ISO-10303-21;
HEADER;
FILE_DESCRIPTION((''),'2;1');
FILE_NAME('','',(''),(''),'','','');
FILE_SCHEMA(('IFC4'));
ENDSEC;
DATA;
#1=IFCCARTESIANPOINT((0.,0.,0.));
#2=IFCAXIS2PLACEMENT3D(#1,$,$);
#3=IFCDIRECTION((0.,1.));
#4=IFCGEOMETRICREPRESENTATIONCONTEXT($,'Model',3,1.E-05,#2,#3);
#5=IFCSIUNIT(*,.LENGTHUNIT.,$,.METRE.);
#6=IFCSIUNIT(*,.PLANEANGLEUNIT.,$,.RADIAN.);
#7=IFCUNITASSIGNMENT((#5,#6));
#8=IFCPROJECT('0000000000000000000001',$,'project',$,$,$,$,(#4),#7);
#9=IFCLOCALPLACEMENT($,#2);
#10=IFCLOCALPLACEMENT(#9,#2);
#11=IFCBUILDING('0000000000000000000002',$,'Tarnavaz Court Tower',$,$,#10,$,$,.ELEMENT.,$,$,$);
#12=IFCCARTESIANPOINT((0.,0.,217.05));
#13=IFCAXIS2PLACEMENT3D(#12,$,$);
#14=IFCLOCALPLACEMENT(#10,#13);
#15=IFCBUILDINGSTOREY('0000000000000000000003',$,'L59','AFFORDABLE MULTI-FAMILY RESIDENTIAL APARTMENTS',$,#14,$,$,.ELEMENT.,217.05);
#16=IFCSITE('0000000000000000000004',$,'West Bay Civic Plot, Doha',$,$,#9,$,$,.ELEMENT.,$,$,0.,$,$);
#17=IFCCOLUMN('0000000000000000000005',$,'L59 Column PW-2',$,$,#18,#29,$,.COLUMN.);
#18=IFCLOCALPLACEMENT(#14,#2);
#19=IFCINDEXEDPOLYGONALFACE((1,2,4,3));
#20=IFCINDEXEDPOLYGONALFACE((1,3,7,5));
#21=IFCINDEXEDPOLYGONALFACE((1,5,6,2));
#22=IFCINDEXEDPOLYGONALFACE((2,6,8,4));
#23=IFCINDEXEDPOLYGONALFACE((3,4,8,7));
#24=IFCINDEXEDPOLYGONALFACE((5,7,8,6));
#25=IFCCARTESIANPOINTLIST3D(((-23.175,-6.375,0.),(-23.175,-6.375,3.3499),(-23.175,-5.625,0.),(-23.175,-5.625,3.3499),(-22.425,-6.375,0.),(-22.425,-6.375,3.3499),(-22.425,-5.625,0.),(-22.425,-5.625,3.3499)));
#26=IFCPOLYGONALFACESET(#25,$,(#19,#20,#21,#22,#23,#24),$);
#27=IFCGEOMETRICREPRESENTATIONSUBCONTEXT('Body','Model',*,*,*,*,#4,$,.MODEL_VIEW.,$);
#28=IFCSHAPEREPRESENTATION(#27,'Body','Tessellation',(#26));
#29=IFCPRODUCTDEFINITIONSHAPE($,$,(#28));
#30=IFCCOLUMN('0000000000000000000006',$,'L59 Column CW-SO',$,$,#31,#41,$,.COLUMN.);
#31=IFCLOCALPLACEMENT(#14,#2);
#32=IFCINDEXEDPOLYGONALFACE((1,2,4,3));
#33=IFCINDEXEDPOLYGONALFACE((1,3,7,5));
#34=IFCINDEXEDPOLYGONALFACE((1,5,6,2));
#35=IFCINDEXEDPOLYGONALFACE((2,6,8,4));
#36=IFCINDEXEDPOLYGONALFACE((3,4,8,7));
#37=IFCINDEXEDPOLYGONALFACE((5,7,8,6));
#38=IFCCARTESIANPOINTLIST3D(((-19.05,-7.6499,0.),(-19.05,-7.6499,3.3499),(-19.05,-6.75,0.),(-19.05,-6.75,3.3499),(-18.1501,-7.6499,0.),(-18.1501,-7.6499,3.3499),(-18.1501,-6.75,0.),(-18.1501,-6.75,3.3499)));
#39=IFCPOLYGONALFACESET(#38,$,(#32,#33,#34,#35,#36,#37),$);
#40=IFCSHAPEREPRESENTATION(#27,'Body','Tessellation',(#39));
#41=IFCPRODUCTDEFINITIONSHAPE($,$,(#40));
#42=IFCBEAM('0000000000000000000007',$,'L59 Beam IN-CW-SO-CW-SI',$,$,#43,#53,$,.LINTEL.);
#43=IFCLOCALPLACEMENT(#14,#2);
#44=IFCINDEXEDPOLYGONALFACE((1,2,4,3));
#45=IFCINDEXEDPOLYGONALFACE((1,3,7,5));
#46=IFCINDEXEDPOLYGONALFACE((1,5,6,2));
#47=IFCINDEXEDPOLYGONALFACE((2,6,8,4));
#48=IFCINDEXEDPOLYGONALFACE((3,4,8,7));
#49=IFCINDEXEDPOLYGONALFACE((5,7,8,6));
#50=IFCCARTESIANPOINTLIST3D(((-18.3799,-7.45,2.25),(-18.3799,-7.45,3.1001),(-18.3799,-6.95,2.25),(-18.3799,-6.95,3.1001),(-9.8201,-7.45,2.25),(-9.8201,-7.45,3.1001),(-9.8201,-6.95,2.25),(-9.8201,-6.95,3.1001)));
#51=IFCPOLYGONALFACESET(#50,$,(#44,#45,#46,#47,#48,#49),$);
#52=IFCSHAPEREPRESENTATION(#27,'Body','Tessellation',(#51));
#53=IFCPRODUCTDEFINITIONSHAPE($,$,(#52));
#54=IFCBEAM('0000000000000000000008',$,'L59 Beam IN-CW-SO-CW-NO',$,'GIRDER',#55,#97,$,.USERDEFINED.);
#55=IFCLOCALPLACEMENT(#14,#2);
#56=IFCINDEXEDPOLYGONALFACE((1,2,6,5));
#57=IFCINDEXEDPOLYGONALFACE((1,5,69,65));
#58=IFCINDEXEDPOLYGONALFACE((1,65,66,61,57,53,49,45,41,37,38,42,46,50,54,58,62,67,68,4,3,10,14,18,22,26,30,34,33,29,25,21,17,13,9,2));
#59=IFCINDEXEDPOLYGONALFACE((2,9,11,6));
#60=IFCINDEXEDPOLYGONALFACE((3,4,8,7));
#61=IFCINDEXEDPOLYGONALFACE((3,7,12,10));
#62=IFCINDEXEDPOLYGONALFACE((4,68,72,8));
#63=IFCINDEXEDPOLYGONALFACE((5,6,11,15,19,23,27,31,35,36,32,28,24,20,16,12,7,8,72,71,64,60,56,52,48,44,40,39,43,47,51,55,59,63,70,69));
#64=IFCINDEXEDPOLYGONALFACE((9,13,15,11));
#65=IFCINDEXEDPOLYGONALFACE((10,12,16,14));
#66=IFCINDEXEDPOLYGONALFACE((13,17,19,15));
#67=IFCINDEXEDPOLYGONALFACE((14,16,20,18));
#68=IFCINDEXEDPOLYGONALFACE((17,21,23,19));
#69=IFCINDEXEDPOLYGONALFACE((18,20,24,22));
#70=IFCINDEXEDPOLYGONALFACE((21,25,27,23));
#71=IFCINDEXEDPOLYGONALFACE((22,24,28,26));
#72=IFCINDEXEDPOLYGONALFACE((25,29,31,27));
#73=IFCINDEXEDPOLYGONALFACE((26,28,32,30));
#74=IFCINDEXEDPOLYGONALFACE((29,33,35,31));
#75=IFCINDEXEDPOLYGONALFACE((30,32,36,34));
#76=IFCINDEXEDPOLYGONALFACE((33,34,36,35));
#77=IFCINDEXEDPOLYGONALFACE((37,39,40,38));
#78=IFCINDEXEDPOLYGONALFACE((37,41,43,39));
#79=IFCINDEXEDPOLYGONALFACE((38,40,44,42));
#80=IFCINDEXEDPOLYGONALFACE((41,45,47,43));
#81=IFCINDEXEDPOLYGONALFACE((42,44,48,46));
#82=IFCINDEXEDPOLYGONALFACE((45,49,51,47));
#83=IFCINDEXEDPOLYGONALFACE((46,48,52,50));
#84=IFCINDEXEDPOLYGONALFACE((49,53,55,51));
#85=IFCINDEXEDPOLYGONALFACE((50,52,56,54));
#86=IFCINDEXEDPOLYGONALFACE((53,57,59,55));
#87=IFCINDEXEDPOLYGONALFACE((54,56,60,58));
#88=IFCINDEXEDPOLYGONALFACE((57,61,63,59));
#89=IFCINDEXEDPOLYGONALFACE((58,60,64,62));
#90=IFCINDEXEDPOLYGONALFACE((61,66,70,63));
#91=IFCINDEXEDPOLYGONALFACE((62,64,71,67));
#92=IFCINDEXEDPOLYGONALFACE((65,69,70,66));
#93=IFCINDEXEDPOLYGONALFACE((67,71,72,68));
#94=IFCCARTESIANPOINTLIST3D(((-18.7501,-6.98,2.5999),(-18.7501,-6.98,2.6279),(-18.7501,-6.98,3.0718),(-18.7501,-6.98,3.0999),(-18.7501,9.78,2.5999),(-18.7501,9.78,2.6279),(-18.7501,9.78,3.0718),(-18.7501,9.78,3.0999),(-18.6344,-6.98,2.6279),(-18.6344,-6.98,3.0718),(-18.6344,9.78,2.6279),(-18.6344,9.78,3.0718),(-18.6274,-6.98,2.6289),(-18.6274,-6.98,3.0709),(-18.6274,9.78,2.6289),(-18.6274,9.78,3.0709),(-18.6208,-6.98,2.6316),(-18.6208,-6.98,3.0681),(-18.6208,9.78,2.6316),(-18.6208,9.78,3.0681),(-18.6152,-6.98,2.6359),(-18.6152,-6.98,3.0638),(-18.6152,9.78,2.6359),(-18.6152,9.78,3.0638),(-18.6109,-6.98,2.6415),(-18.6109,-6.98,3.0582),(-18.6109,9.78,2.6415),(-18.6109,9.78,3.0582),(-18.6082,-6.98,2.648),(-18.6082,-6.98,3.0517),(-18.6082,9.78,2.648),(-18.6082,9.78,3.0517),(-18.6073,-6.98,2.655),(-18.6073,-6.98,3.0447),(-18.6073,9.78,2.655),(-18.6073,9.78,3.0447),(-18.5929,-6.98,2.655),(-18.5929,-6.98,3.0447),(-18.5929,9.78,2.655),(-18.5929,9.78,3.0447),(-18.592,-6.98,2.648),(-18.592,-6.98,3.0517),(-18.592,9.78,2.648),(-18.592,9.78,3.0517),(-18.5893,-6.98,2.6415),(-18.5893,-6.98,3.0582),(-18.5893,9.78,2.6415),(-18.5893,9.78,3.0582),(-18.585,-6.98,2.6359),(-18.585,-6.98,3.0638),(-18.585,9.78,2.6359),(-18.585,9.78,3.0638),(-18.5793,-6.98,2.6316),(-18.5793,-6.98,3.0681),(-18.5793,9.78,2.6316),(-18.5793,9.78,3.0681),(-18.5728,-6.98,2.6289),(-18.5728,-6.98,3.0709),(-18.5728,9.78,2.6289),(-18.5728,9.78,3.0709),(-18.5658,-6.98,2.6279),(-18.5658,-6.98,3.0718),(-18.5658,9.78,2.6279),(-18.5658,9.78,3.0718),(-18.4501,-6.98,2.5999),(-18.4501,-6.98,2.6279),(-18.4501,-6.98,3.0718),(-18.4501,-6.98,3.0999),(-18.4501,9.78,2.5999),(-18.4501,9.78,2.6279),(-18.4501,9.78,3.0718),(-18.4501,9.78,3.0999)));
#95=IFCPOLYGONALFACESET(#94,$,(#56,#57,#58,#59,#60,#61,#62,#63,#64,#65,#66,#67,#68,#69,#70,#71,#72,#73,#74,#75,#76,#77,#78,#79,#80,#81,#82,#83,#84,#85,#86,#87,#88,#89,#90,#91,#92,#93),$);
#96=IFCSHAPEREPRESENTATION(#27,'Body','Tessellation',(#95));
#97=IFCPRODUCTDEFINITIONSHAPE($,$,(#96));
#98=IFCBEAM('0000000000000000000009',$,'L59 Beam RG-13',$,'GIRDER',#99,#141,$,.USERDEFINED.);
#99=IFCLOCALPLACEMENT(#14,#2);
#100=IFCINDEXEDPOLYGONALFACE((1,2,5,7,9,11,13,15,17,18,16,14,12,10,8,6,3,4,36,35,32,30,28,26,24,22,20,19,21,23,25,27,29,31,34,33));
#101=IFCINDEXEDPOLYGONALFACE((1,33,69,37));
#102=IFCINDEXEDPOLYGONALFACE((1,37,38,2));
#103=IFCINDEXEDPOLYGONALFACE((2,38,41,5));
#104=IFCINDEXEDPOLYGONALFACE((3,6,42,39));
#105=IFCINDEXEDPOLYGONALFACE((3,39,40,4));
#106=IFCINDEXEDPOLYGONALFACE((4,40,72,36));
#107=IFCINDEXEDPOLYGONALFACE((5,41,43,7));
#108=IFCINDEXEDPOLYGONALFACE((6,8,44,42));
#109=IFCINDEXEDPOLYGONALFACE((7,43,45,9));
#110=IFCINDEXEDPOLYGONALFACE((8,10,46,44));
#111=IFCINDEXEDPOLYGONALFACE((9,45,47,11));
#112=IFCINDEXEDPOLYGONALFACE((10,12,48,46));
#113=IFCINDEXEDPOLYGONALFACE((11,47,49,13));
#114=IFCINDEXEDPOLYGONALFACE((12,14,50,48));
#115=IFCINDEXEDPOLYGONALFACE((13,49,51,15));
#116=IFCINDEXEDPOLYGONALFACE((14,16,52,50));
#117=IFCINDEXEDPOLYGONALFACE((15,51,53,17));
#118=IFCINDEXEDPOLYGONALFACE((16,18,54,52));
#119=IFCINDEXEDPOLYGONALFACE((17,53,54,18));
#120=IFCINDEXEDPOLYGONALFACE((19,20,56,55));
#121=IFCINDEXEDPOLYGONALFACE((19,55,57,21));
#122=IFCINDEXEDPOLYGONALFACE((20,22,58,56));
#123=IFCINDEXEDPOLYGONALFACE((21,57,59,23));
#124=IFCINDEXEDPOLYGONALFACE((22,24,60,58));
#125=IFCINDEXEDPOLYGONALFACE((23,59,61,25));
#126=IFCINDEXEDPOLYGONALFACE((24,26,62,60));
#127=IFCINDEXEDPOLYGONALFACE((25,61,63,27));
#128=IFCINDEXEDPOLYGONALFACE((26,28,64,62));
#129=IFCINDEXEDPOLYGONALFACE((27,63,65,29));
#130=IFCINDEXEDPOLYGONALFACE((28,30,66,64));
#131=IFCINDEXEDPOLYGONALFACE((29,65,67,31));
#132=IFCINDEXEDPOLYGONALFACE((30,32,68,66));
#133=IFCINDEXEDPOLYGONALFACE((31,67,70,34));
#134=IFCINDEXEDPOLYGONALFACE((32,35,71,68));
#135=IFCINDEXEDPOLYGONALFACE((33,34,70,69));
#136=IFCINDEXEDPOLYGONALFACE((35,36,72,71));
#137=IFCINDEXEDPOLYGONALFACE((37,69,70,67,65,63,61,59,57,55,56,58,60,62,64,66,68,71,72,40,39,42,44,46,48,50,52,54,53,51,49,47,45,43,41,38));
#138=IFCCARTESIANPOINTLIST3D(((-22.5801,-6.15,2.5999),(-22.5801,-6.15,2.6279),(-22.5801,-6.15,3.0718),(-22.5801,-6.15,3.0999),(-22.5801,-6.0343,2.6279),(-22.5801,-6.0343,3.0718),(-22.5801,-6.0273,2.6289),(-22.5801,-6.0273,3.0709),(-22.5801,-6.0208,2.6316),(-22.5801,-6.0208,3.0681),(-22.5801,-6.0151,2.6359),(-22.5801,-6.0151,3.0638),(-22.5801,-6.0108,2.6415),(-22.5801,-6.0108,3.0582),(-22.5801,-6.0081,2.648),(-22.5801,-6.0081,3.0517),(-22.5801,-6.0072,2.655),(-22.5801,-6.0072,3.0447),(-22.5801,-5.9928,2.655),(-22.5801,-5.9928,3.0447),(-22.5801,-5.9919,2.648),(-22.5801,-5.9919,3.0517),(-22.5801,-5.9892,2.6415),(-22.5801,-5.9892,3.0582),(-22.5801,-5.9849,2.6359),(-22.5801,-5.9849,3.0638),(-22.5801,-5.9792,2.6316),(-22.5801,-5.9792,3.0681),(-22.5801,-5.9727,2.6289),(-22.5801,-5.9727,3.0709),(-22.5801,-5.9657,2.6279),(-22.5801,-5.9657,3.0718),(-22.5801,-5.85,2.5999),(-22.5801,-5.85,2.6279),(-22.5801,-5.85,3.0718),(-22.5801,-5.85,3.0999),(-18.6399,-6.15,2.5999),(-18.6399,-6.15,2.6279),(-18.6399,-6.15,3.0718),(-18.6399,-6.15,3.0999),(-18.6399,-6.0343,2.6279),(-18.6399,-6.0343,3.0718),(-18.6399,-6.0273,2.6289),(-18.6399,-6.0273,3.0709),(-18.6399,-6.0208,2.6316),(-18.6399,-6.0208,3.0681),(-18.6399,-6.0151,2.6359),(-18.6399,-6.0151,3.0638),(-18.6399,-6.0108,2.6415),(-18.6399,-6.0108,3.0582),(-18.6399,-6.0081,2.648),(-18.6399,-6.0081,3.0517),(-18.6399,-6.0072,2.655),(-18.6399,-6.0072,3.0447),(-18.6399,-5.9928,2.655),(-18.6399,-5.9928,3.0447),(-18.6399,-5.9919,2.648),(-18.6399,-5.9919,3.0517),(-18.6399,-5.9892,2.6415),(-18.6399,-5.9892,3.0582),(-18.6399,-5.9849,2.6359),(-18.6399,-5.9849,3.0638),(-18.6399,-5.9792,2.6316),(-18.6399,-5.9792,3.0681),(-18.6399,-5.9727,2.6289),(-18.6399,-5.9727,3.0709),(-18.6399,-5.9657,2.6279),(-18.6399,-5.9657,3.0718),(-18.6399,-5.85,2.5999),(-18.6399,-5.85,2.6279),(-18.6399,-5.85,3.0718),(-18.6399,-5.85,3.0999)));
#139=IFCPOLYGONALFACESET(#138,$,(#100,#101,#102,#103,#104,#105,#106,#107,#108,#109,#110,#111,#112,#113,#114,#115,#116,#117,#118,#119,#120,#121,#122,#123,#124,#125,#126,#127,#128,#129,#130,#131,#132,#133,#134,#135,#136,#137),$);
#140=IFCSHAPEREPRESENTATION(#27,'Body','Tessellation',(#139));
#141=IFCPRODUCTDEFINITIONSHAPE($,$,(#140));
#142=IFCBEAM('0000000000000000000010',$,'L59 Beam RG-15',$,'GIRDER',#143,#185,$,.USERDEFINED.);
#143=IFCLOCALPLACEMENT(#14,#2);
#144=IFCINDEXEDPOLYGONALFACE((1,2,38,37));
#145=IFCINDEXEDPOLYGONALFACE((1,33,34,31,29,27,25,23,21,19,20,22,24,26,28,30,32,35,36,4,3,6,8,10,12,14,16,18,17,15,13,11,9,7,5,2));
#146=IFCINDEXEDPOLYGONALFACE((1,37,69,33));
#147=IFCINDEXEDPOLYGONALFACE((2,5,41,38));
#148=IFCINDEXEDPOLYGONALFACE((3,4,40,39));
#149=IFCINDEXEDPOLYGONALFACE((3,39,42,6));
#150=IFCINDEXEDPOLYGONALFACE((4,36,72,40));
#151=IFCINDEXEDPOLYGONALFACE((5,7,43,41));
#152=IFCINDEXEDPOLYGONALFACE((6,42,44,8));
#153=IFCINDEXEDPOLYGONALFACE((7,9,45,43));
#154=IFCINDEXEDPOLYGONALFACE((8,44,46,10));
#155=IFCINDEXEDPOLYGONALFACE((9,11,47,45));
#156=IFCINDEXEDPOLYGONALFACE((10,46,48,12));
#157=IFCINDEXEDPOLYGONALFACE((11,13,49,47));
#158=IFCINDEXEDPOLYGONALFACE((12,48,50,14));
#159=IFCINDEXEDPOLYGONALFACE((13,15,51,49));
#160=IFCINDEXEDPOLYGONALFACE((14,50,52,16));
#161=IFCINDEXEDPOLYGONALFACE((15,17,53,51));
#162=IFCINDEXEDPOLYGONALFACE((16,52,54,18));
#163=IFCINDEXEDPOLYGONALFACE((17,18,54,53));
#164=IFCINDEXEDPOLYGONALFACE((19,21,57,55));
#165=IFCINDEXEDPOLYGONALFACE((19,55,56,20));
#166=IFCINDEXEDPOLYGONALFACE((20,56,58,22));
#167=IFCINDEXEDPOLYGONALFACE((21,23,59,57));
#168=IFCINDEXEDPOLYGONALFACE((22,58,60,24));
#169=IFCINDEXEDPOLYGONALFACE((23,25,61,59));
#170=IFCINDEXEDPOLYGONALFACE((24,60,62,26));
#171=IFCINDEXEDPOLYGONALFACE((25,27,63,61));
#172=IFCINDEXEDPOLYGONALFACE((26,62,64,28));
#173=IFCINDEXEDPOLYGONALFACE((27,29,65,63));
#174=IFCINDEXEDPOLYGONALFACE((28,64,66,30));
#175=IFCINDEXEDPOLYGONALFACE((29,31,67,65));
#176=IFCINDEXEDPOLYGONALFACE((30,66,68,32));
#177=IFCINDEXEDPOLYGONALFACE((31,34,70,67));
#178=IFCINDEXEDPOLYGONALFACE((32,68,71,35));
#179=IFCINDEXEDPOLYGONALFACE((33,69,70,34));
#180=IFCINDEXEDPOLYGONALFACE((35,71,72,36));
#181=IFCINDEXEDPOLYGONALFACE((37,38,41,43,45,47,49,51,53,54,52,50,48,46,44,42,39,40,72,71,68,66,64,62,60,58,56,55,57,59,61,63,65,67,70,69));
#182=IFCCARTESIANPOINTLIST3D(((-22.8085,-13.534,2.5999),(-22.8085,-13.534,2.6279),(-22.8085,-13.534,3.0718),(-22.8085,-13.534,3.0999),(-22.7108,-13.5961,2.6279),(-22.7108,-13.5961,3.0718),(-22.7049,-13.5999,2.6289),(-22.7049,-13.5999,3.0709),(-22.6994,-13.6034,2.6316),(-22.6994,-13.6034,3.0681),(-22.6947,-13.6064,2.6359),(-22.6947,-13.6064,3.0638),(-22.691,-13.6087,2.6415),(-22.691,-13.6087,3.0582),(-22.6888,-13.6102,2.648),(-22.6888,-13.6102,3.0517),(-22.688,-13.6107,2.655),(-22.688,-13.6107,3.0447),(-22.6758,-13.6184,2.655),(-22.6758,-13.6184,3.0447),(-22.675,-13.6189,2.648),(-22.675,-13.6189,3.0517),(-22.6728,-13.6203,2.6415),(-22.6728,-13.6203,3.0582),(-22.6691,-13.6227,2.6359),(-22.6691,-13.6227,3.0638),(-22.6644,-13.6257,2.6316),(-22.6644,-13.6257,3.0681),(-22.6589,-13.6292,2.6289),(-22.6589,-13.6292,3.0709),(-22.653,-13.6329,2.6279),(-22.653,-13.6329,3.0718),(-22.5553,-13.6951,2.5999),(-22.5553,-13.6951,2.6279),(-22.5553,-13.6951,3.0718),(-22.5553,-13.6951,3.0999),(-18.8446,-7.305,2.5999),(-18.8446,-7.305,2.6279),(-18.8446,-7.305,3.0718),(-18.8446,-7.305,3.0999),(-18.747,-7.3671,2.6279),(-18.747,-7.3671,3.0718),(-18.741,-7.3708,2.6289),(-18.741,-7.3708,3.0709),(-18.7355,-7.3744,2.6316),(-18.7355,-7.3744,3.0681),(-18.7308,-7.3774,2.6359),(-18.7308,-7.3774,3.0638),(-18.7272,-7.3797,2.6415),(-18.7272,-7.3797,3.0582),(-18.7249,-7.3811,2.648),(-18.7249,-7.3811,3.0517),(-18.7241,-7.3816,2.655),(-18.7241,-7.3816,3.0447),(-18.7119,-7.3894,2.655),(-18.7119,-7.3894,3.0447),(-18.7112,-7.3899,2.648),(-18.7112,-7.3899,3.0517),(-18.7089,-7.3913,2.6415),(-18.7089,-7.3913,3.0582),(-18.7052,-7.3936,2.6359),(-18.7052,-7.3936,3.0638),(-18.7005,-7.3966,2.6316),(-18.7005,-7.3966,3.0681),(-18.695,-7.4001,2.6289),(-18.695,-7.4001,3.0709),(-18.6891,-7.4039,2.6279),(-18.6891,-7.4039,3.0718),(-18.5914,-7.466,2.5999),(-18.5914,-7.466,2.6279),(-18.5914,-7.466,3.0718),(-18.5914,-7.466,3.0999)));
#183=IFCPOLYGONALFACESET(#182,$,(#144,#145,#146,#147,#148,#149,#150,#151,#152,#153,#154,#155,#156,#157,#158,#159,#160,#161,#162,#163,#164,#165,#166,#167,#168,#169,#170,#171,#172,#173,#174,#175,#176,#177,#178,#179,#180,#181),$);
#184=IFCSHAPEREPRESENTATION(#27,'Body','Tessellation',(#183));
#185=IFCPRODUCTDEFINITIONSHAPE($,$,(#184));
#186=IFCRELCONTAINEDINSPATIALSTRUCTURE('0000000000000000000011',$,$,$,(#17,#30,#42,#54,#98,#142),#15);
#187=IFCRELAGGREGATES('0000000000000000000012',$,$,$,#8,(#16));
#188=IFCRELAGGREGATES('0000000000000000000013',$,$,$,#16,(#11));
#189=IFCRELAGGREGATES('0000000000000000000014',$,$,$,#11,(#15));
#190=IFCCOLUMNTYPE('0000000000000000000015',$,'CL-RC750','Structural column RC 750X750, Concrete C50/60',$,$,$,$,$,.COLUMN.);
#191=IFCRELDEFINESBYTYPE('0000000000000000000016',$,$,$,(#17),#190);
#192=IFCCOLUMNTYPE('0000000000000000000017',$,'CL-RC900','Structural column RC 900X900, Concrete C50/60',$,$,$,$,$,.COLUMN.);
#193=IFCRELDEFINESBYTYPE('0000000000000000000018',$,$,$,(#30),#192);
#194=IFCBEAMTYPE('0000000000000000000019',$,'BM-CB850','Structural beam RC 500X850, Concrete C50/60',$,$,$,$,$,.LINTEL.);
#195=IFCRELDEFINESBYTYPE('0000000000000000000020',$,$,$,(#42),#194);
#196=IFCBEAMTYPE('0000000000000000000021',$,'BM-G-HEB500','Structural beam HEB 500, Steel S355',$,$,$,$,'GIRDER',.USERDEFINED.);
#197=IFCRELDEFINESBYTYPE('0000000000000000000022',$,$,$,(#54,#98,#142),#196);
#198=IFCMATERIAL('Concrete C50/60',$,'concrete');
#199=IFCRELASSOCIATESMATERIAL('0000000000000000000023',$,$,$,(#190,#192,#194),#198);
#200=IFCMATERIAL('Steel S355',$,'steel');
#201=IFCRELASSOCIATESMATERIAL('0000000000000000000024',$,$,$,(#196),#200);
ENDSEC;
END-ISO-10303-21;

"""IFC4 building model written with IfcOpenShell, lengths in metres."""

from ifc_helpers import new_model, si_unit, direction, frame, origin, origin_2d, place, context, subcontext, project, spatial, rectangle, i_section, extrude, material, material_profile, profile_set, type_object, element, save


model = new_model("IFC4")

# Units and contexts
model_context = context("Model", 3, precision=1e-05, world=origin(), true_north=direction((0.0, 1.0)))
body_context = subcontext(model_context, "Body", "Model", "MODEL_VIEW")
ifc_project = project(units=[si_unit("LENGTHUNIT", "METRE"), si_unit("PLANEANGLEUNIT", "RADIAN")], contexts=[model_context])

# Site, building, storey
site_placement = place(None, origin())
site = spatial("IfcSite", under=ifc_project, at=site_placement, Name="West Bay Civic Plot, Doha", CompositionType="ELEMENT", RefElevation=0.0)
building_placement = place(site_placement, origin())
building = spatial("IfcBuilding", under=site, at=building_placement, Name="Tarnavaz Court Tower", CompositionType="ELEMENT")
storey_placement = place(building_placement, frame((0.0, 0.0, 217.05)))
storey = spatial("IfcBuildingStorey", under=building, at=storey_placement, Name="L59", Description="AFFORDABLE MULTI-FAMILY RESIDENTIAL APARTMENTS", CompositionType="ELEMENT", Elevation=217.05)

# Columns
ifc_material_1 = material(Name="Concrete C50/60", Category="concrete")
ifc_material_profile_1 = material_profile(ifc_material_1, rectangle(XDim=0.75, YDim=0.75, at=origin_2d()), Name="RC 750X750")
ifc_profile_set_1 = profile_set([ifc_material_profile_1], Name="Concrete C50/60")
column_type_1 = type_object("IfcColumnType", Name="CL-RC750", Description="Structural column RC 750X750, Concrete C50/60", PredefinedType="COLUMN", material=ifc_profile_set_1)
column_1_placement = place(storey_placement, frame((-22.8, -6.0, 0.0), z_axis=(0.0, 0.0, 1.0), x_axis=(1.0, 0.0, 0.0)))
element("IfcColumn", 1, at=column_1_placement, inside=storey, type_object=column_type_1, Name="L59 Column PW-2", PredefinedType="COLUMN", context=body_context, shape_type="SweptSolid", body=[
    extrude(rectangle(XDim=0.75, YDim=0.75, at=origin_2d()), origin(), (0.0, 0.0, 1.0), 3.3499),
])
ifc_material_profile_2 = material_profile(ifc_material_1, rectangle(XDim=0.8999, YDim=0.8999, at=origin_2d()), Name="RC 900X900")
ifc_profile_set_2 = profile_set([ifc_material_profile_2], Name="Concrete C50/60")
column_type_2 = type_object("IfcColumnType", Name="CL-RC900", Description="Structural column RC 900X900, Concrete C50/60", PredefinedType="COLUMN", material=ifc_profile_set_2)
column_2_placement = place(storey_placement, frame((-18.6001, -7.2, 0.0), z_axis=(0.0, 0.0, 1.0), x_axis=(1.0, 0.0, 0.0)))
element("IfcColumn", 2, at=column_2_placement, inside=storey, type_object=column_type_2, Name="L59 Column CW-SO", PredefinedType="COLUMN", context=body_context, shape_type="SweptSolid", body=[
    extrude(rectangle(XDim=0.8999, YDim=0.8999, at=origin_2d()), origin(), (0.0, 0.0, 1.0), 3.3499),
])

# Beams
ifc_material_profile_3 = material_profile(ifc_material_1, rectangle(XDim=0.5, YDim=0.8501, at=origin_2d()), Name="RC 500X850")
ifc_profile_set_3 = profile_set([ifc_material_profile_3], Name="Concrete C50/60")
beam_type_1 = type_object("IfcBeamType", Name="BM-CB850", Description="Structural beam RC 500X850, Concrete C50/60", PredefinedType="LINTEL", material=ifc_profile_set_3)
beam_1_placement = place(storey_placement, frame((-18.3799, -7.2, 2.675), z_axis=(1.0, 0.0, 0.0), x_axis=(0.0, 1.0, 0.0)))
element("IfcBeam", 3, at=beam_1_placement, inside=storey, type_object=beam_type_1, Name="L59 Beam IN-CW-SO-CW-SI", PredefinedType="LINTEL", context=body_context, shape_type="SweptSolid", body=[
    extrude(rectangle(XDim=0.5, YDim=0.8501, at=origin_2d()), origin(), (0.0, 0.0, 1.0), 8.5598),
])
ifc_material_2 = material(Name="Steel S355", Category="steel")
ifc_material_profile_4 = material_profile(ifc_material_2, i_section(OverallWidth=0.3, OverallDepth=0.5, WebThickness=0.0144, FlangeThickness=0.0281, FilletRadius=0.0271, at=origin_2d()), Name="HEB 500")
ifc_profile_set_4 = profile_set([ifc_material_profile_4], Name="Steel S355")
beam_type_2 = type_object("IfcBeamType", Name="BM-G-HEB500", Description="Structural beam HEB 500, Steel S355", ElementType="GIRDER", PredefinedType="USERDEFINED", material=ifc_profile_set_4)
beam_2_placement = place(storey_placement, frame((-18.6001, -6.98, 2.8499), z_axis=(0.0, 1.0, 0.0), x_axis=(-1.0, 0.0, 0.0)))
element("IfcBeam", 4, at=beam_2_placement, inside=storey, type_object=beam_type_2, Name="L59 Beam IN-CW-SO-CW-NO", ObjectType="GIRDER", PredefinedType="USERDEFINED", context=body_context, shape_type="SweptSolid", body=[
    extrude(i_section(OverallWidth=0.3, OverallDepth=0.5, WebThickness=0.0144, FlangeThickness=0.0281, FilletRadius=0.0271, at=origin_2d()), origin(), (0.0, 0.0, 1.0), 16.76),
])
beam_3_placement = place(storey_placement, frame((-18.6399, -6.0, 2.8499), z_axis=(-1.0, 0.0, 0.0), x_axis=(0.0, -1.0, 0.0)))
element("IfcBeam", 5, at=beam_3_placement, inside=storey, type_object=beam_type_2, Name="L59 Beam RG-13", ObjectType="GIRDER", PredefinedType="USERDEFINED", context=body_context, shape_type="SweptSolid", body=[
    extrude(i_section(OverallWidth=0.3, OverallDepth=0.5, WebThickness=0.0144, FlangeThickness=0.0281, FilletRadius=0.0271, at=origin_2d()), origin(), (0.0, 0.0, 1.0), 3.9402),
])
beam_4_placement = place(storey_placement, frame((-18.718, -7.3855, 2.8499), z_axis=(-0.536871, -0.843664, 0.0), x_axis=(0.843664, -0.536871, 0.0)))
element("IfcBeam", 6, at=beam_4_placement, inside=storey, type_object=beam_type_2, Name="L59 Beam RG-15", ObjectType="GIRDER", PredefinedType="USERDEFINED", context=body_context, shape_type="SweptSolid", body=[
    extrude(i_section(OverallWidth=0.3, OverallDepth=0.5, WebThickness=0.0144, FlangeThickness=0.0281, FilletRadius=0.0271, at=origin_2d()), origin(), (0.0, 0.0, 1.0), 7.3833),
])

save(model, "model.ifc")
